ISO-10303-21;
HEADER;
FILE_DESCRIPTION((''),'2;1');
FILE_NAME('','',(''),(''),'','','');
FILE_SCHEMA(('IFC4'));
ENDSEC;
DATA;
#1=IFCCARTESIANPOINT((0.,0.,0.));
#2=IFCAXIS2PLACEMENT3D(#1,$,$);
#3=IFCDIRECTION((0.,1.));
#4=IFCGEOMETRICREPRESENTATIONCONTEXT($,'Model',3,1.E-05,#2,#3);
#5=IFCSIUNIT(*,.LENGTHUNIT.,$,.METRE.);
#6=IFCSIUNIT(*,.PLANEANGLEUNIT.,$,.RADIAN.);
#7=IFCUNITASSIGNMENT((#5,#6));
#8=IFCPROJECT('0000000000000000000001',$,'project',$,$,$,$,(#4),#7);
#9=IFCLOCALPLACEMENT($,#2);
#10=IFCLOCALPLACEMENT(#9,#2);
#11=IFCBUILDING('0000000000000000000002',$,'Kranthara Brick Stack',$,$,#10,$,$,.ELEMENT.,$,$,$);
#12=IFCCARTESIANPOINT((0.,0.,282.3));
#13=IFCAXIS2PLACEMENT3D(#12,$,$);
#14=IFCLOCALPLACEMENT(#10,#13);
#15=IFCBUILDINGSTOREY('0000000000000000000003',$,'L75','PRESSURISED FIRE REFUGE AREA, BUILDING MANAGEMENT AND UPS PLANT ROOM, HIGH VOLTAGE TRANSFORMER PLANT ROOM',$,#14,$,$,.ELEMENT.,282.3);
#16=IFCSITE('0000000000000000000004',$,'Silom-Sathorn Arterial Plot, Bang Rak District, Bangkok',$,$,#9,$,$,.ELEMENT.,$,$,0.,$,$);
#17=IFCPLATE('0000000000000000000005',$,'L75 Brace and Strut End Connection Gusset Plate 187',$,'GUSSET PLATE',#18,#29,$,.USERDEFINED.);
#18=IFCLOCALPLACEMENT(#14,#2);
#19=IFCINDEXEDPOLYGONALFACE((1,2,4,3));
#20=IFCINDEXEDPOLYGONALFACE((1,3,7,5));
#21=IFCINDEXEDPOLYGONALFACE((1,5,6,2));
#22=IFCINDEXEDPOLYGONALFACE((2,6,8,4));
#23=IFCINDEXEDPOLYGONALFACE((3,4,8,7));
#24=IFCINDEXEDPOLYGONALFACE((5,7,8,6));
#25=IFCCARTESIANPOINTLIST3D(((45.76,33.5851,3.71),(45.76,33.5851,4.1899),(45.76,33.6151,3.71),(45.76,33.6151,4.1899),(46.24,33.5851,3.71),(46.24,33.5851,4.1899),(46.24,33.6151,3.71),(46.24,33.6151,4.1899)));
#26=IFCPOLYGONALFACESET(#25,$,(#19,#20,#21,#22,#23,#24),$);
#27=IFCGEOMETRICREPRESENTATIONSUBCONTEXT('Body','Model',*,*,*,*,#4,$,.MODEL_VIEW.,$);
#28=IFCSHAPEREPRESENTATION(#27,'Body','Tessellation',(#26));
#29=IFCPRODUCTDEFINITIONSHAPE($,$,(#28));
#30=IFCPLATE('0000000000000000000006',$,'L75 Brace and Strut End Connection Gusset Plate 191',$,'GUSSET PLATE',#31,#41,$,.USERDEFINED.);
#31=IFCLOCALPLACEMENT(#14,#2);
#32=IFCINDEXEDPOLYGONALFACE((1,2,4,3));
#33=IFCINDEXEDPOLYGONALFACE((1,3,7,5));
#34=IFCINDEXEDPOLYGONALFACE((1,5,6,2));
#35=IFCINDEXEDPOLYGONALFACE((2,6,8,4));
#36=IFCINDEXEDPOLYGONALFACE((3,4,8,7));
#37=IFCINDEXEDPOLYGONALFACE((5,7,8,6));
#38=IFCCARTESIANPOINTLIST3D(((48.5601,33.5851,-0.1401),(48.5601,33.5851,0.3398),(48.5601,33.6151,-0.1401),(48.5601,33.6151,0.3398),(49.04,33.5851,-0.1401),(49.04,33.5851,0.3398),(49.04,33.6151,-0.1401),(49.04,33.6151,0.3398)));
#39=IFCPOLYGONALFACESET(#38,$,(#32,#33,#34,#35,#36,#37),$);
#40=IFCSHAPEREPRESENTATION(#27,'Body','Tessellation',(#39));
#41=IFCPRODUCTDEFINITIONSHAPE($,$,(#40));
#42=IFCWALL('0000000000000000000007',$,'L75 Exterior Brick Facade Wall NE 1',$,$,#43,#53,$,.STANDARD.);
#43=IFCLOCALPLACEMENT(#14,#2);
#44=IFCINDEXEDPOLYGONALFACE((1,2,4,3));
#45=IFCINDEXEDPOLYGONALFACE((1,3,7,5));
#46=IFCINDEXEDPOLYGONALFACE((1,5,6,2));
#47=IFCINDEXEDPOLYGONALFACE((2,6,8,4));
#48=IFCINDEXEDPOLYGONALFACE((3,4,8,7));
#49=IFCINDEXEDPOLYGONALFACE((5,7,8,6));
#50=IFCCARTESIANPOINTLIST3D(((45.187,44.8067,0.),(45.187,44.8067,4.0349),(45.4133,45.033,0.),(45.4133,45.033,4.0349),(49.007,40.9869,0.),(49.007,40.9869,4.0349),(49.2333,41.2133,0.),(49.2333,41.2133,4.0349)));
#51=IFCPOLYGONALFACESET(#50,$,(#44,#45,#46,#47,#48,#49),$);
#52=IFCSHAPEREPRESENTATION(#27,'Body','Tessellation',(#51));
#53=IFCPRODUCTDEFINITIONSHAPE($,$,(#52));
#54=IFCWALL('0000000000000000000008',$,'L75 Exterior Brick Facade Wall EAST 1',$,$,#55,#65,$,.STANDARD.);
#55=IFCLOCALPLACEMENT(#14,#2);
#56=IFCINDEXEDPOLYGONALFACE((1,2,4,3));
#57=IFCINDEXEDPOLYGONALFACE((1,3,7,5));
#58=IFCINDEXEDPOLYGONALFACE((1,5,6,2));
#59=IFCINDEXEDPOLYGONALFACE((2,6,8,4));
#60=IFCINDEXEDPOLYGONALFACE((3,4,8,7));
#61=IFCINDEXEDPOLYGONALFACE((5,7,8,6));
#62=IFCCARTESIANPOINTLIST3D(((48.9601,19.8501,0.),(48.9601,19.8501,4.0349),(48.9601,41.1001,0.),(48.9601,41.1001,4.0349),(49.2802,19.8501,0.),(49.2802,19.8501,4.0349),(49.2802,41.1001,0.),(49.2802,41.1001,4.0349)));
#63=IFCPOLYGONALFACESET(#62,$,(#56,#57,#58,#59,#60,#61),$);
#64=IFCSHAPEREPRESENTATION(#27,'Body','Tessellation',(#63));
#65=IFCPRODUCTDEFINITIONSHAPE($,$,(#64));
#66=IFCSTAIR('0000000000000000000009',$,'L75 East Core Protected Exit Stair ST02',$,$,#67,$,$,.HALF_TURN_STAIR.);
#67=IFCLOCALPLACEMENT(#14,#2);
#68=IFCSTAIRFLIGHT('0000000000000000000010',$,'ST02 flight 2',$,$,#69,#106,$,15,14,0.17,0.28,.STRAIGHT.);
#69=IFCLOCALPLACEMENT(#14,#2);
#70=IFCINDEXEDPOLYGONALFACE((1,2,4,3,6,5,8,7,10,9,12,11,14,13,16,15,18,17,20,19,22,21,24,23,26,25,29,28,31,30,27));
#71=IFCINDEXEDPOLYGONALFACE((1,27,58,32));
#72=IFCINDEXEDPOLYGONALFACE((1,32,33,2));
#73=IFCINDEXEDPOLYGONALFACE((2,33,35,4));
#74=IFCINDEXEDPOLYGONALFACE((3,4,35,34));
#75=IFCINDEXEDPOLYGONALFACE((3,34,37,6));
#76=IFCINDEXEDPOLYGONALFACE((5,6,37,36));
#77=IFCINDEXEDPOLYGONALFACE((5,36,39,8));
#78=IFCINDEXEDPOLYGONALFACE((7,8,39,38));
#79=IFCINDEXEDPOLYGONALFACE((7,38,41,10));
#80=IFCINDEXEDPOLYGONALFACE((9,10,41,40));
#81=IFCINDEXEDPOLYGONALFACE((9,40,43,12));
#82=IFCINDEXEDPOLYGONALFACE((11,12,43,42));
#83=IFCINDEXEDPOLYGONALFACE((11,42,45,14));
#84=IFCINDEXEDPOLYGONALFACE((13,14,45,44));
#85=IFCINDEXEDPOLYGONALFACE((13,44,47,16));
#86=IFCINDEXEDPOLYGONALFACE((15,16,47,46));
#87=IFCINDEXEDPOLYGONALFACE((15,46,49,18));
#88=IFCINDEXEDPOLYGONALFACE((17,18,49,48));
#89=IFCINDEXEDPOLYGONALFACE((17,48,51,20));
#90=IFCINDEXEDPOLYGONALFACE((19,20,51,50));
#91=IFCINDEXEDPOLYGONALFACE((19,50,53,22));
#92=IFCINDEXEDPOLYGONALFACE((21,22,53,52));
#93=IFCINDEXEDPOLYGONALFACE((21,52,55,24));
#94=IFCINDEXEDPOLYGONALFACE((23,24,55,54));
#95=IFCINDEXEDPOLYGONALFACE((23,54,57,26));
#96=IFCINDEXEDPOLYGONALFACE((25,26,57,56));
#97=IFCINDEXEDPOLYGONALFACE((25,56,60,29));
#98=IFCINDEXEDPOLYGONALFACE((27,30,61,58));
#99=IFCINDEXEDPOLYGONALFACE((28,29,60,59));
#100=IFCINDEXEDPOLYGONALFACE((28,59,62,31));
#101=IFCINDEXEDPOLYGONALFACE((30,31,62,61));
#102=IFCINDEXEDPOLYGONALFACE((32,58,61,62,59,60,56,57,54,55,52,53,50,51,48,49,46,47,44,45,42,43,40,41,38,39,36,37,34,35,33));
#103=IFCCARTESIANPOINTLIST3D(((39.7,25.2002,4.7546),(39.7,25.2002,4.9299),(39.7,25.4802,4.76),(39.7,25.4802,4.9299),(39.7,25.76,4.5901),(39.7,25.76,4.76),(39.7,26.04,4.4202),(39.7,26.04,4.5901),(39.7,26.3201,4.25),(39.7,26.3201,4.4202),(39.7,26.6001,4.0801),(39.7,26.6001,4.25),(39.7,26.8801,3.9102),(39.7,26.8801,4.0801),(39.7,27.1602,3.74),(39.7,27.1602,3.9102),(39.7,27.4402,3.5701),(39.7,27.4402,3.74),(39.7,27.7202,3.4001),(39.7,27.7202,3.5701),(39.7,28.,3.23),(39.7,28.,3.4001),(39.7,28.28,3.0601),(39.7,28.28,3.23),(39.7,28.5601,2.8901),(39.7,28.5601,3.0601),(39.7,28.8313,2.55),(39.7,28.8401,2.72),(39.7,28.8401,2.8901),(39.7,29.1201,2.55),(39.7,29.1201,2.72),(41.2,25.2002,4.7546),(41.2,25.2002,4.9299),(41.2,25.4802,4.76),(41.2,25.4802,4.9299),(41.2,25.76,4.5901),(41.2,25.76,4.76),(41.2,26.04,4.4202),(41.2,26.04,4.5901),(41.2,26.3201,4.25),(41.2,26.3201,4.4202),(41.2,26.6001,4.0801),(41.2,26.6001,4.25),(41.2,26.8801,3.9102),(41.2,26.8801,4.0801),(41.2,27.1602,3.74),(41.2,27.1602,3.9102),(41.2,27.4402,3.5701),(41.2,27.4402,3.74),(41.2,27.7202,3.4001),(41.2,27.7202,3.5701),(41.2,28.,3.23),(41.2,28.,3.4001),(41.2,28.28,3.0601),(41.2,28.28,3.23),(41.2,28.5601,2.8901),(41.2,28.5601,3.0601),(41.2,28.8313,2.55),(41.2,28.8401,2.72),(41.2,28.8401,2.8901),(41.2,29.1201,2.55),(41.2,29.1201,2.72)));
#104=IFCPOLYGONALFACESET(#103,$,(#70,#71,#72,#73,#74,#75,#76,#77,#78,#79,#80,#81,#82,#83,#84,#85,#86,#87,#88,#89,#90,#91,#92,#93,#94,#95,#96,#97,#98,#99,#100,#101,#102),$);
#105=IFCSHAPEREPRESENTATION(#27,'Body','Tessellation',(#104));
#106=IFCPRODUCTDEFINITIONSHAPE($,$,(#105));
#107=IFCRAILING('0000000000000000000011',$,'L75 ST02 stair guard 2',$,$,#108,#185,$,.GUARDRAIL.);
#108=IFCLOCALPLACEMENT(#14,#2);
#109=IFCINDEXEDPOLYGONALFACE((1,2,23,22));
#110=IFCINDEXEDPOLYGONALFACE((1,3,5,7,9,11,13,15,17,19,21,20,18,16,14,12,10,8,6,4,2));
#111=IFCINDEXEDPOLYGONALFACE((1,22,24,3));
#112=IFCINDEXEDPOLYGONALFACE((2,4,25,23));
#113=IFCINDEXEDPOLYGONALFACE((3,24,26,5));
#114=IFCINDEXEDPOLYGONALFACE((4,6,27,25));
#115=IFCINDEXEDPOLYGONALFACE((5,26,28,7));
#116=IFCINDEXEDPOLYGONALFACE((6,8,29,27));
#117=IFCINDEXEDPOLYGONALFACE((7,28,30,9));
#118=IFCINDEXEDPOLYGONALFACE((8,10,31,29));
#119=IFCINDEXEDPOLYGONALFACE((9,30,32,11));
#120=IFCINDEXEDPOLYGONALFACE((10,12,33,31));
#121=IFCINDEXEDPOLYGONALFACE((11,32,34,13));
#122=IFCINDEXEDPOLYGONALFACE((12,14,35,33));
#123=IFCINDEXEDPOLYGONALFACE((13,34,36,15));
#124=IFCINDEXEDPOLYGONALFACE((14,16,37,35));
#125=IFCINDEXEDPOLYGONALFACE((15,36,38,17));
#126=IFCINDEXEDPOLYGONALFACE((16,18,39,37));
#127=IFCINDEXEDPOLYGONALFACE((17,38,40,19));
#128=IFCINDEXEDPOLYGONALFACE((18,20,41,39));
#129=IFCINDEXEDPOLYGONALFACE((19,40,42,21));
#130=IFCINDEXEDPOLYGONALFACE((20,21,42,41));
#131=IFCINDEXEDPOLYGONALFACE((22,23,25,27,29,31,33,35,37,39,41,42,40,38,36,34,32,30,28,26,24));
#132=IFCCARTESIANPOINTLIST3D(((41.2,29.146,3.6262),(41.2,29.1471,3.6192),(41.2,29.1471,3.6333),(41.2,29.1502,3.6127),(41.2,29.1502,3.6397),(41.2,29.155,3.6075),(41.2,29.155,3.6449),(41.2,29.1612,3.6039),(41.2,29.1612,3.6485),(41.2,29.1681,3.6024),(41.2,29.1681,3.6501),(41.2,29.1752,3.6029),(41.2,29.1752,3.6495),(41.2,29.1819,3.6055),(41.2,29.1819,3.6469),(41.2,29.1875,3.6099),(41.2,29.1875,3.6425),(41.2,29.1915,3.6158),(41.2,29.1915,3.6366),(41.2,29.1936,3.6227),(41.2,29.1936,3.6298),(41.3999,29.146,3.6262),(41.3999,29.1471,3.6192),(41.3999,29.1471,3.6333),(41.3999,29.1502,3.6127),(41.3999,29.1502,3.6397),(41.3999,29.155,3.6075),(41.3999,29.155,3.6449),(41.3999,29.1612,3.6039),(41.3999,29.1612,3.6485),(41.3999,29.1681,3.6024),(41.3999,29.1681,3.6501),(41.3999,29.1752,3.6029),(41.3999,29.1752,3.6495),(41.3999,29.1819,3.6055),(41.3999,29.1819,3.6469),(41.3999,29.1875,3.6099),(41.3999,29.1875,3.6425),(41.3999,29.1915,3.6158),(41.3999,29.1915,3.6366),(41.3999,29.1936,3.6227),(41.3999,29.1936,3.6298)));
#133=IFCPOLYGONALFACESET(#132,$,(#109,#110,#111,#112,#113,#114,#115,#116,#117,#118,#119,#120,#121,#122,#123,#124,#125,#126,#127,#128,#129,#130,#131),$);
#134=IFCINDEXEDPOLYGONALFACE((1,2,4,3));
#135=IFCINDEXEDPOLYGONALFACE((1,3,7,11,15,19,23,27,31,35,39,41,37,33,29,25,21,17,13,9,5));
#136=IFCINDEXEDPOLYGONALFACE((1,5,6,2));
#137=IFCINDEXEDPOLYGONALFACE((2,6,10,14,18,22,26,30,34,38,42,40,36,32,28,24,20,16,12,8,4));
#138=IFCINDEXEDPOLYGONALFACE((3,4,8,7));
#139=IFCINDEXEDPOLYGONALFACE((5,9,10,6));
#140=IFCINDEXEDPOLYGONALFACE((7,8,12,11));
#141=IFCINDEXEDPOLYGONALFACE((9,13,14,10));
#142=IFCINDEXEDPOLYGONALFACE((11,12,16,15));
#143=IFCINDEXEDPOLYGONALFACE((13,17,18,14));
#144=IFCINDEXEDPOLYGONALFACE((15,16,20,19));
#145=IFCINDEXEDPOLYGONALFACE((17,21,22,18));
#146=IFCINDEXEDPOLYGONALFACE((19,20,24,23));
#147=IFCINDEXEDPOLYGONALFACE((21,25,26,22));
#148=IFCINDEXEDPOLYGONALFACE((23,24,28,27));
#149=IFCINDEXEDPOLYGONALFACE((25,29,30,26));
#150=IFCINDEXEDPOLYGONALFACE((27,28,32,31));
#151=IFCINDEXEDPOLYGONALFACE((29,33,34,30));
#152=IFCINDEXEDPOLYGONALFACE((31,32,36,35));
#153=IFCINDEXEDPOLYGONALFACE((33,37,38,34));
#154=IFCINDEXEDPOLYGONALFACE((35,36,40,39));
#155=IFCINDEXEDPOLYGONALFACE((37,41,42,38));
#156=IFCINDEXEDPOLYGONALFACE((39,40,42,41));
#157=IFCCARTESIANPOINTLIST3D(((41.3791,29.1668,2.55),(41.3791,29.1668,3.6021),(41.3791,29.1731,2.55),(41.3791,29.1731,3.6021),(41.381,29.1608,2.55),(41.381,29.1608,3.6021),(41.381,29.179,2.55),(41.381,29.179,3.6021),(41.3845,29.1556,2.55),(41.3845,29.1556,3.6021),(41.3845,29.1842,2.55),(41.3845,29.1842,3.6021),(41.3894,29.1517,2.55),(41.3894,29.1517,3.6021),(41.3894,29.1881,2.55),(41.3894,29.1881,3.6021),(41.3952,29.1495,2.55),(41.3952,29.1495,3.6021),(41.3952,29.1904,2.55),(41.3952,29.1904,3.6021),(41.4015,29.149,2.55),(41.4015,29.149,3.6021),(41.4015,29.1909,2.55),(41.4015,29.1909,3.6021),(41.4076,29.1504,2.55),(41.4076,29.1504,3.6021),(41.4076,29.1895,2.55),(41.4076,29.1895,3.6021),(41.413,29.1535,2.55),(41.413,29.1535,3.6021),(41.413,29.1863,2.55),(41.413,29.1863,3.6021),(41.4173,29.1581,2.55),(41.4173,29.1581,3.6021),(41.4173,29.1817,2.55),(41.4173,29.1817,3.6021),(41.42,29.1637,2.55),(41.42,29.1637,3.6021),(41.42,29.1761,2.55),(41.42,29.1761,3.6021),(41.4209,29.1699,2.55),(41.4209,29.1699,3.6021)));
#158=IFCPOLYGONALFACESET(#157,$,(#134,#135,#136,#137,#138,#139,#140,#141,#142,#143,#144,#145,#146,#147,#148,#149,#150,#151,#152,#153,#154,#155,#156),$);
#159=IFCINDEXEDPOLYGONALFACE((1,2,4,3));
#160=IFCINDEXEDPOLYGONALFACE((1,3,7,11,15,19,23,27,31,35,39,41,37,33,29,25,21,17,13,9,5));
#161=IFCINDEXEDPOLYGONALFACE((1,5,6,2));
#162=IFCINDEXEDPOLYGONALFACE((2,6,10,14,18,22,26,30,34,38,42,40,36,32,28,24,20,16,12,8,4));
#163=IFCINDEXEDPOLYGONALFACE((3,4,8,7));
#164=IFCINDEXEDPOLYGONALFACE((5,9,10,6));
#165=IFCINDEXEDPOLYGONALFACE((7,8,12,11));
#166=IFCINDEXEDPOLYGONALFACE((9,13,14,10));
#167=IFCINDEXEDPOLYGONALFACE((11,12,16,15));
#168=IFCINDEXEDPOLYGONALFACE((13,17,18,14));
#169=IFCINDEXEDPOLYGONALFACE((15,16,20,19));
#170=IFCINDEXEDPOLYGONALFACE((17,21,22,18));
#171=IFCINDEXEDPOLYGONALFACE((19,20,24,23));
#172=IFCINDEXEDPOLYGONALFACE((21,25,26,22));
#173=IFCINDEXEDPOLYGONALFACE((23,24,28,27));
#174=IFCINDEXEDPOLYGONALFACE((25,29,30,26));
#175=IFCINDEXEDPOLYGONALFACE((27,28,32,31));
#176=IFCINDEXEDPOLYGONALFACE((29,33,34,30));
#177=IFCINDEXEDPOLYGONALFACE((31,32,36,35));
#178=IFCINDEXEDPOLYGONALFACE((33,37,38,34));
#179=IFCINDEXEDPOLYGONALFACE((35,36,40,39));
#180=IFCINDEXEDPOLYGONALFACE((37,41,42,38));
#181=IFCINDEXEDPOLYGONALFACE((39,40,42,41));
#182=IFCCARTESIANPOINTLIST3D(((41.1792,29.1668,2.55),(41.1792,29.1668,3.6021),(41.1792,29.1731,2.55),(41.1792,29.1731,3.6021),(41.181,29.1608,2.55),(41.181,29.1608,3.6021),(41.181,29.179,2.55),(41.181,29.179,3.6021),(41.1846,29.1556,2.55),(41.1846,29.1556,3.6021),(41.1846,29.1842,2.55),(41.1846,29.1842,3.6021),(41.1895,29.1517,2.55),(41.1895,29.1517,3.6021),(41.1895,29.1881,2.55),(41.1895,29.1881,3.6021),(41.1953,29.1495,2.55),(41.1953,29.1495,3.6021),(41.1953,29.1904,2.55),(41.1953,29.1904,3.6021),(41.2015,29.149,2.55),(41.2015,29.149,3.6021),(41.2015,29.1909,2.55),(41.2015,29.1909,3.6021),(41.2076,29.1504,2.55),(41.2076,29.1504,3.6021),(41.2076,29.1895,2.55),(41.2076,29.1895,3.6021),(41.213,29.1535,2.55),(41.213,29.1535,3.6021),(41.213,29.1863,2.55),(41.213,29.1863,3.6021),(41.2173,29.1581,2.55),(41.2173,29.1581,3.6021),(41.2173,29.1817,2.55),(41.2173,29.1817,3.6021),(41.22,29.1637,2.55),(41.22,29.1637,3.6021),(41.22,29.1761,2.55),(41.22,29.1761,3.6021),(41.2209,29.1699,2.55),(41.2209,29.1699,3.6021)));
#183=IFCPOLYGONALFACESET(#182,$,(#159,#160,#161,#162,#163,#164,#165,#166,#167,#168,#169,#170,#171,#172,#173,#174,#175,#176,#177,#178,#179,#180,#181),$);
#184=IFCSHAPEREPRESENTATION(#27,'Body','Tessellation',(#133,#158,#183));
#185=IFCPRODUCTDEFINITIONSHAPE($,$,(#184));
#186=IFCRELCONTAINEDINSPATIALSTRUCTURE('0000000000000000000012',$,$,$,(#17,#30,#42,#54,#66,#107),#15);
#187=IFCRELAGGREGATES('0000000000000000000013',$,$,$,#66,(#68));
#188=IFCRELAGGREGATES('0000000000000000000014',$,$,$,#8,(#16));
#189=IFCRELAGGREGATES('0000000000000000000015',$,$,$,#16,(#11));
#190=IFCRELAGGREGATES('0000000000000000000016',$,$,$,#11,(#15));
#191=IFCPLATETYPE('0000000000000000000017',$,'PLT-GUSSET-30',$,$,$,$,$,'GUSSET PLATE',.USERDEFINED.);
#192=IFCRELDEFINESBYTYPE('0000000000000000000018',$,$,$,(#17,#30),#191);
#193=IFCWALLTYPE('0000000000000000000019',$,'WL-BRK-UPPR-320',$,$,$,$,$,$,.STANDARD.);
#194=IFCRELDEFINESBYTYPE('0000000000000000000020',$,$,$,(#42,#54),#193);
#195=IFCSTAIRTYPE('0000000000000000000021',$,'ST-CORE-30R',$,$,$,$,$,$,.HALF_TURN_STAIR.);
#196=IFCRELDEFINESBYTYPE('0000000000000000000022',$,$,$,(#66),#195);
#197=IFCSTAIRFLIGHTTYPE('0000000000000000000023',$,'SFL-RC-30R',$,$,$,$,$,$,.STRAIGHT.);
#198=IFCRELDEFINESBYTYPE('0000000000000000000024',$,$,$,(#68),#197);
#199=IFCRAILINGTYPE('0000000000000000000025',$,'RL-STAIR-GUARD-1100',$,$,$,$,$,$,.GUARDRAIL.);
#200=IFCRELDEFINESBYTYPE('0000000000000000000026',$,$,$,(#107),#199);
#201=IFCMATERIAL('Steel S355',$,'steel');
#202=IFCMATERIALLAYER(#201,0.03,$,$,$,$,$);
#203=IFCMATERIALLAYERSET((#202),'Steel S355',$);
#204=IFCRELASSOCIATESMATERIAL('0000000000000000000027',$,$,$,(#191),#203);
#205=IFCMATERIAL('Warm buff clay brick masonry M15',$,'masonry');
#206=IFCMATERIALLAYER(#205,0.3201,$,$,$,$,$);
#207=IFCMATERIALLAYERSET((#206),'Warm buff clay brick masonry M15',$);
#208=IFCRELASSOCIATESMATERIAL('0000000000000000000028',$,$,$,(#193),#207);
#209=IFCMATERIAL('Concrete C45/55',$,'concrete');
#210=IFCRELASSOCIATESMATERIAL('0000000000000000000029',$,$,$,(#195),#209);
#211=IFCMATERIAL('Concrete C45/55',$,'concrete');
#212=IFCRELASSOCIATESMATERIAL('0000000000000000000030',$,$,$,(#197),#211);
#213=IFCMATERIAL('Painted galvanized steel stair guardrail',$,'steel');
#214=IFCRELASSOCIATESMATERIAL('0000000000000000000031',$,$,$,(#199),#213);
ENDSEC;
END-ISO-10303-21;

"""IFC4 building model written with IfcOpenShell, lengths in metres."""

from ifc_helpers import new_model, si_unit, direction, frame, frame_2d, origin, origin_2d, place, context, subcontext, project, spatial, polyline, rectangle, circle, outline, extrude, material, layer, layer_set, type_object, element, aggregate, save


model = new_model("IFC4")

# Units and contexts
model_context = context("Model", 3, precision=1e-05, world=origin(), true_north=direction((0.0, 1.0)))
body_context = subcontext(model_context, "Body", "Model", "MODEL_VIEW")
ifc_project = project(units=[si_unit("LENGTHUNIT", "METRE"), si_unit("PLANEANGLEUNIT", "RADIAN")], contexts=[model_context])

# Site, building, storey
site_placement = place(None, origin())
site = spatial("IfcSite", under=ifc_project, at=site_placement, Name="Silom-Sathorn Arterial Plot, Bang Rak District, Bangkok", CompositionType="ELEMENT", RefElevation=0.0)
building_placement = place(site_placement, origin())
building = spatial("IfcBuilding", under=site, at=building_placement, Name="Kranthara Brick Stack", CompositionType="ELEMENT")
storey_placement = place(building_placement, frame((0.0, 0.0, 282.3)))
storey = spatial("IfcBuildingStorey", under=building, at=storey_placement, Name="L75", Description="PRESSURISED FIRE REFUGE AREA, BUILDING MANAGEMENT AND UPS PLANT ROOM, HIGH VOLTAGE TRANSFORMER PLANT ROOM", CompositionType="ELEMENT", Elevation=282.3)

# Plates
ifc_material_1 = material(Name="Steel S355", Category="steel")
ifc_layer_1 = layer(ifc_material_1, 0.03)
ifc_layer_set_1 = layer_set([ifc_layer_1], Name="Steel S355")
plate_type = type_object("IfcPlateType", Name="PLT-GUSSET-30", ElementType="GUSSET PLATE", PredefinedType="USERDEFINED", material=ifc_layer_set_1)
for number, where, z_axis, x_axis, name in (
    (1, (46.0, 33.6001, 3.71), (0.0, 0.0, 1.0), (1.0, 0.0, 0.0), "L75 Brace and Strut End Connection Gusset Plate 187"),
    (2, (48.8, 33.6001, -0.1401), (0.0, 0.0, 1.0), (1.0, 0.0, 0.0), "L75 Brace and Strut End Connection Gusset Plate 191"),
):
    element("IfcPlate", number, at=place(storey_placement, frame(where, z_axis=z_axis, x_axis=x_axis)), inside=storey, type_object=plate_type, Name=name, ObjectType="GUSSET PLATE", PredefinedType="USERDEFINED", context=body_context, shape_type="SweptSolid", body=[
        extrude(rectangle(XDim=0.48, YDim=0.03, at=origin_2d()), origin(), (0.0, 0.0, 1.0), 0.48),
    ])

# Walls
ifc_material_2 = material(Name="Warm buff clay brick masonry M15", Category="masonry")
ifc_layer_2 = layer(ifc_material_2, 0.3201)
ifc_layer_set_2 = layer_set([ifc_layer_2], Name="Warm buff clay brick masonry M15")
wall_type = type_object("IfcWallType", Name="WL-BRK-UPPR-320", PredefinedType="STANDARD", material=ifc_layer_set_2)
wall_1_placement = place(storey_placement, frame((45.3, 44.9199, 0.0), z_axis=(0.0, 0.0, 1.0), x_axis=(0.707129, -0.707084, 0.0)))
element("IfcWall", 3, at=wall_1_placement, inside=storey, type_object=wall_type, Name="L75 Exterior Brick Facade Wall NE 1", PredefinedType="STANDARD", context=body_context, shape_type="SweptSolid", body=[
    extrude(rectangle(XDim=5.4021, YDim=0.3201, at=frame_2d((2.7012, 0.0))), origin(), (0.0, 0.0, 1.0), 4.0349),
])
wall_2_placement = place(storey_placement, frame((49.1201, 41.1001, 0.0), z_axis=(0.0, 0.0, 1.0), x_axis=(0.0, -1.0, 0.0)))
element("IfcWall", 4, at=wall_2_placement, inside=storey, type_object=wall_type, Name="L75 Exterior Brick Facade Wall EAST 1", PredefinedType="STANDARD", context=body_context, shape_type="SweptSolid", body=[
    extrude(rectangle(XDim=21.25, YDim=0.3201, at=frame_2d((10.625, 0.0))), origin(), (0.0, 0.0, 1.0), 4.0349),
])

# Stair, stair flight
ifc_material_3 = material(Name="Concrete C45/55", Category="concrete")
stair_type = type_object("IfcStairType", Name="ST-CORE-30R", PredefinedType="HALF_TURN_STAIR", material=ifc_material_3)
stair_placement = place(storey_placement, origin())
stair = element("IfcStair", 5, at=stair_placement, inside=storey, type_object=stair_type, Name="L75 East Core Protected Exit Stair ST02", PredefinedType="HALF_TURN_STAIR")
ifc_material_4 = material(Name="Concrete C45/55", Category="concrete")
stair_flight_type = type_object("IfcStairFlightType", Name="SFL-RC-30R", PredefinedType="STRAIGHT", material=ifc_material_4)
stair_flight_placement = place(storey_placement, frame((40.45, 29.1201, 2.55), z_axis=(0.0, 0.0, 1.0), x_axis=(0.0, -1.0, 0.0)))
stair_flight = element("IfcStairFlight", 6, at=stair_flight_placement, type_object=stair_flight_type, Name="ST02 flight 2", NumberOfRisers=15, NumberOfTreads=14, PredefinedType="STRAIGHT", RiserHeight=0.17, TreadLength=0.28, context=body_context, shape_type="SweptSolid", body=[
    extrude(outline(polyline([(0.0, 0.0), (0.0, 0.1699), (0.28, 0.1699), (0.28, 0.3401), (0.5601, 0.3401), (0.5601, 0.51), (0.8401, 0.51), (0.8401, 0.6799), (1.1201, 0.6799), (1.1201, 0.8501), (1.3999, 0.8501), (1.3999, 1.02), (1.6799, 1.02), (1.6799, 1.1899), (1.96, 1.1899), (1.96, 1.3601), (2.24, 1.3601), (2.24, 1.53), (2.52, 1.53), (2.52, 1.7), (2.8, 1.7), (2.8, 1.8701), (3.0801, 1.8701), (3.0801, 2.04), (3.3601, 2.04), (3.3601, 2.21), (3.6399, 2.21), (3.6399, 2.3799), (3.9199, 2.3799), (3.9199, 2.55), (3.9199, 2.2046), (0.2888, 0.0), (0.0, 0.0)])), frame((0.0, 0.75, 0.0), z_axis=(0.0, -1.0, 0.0), x_axis=(1.0, 0.0, 0.0)), (0.0, 0.0, 1.0), 1.5),
])
aggregate(stair, [stair_flight])

# Railing
ifc_material_5 = material(Name="Painted galvanized steel stair guardrail", Category="steel")
railing_type_1 = type_object("IfcRailingType", Name="RL-STAIR-GUARD-1100", PredefinedType="GUARDRAIL", material=ifc_material_5)
railing_1_placement = place(storey_placement, frame((41.3999, 29.1699, 2.55)))
element("IfcRailing", 7, at=railing_1_placement, inside=storey, type_object=railing_type_1, Name="L75 ST02 stair guard 2", PredefinedType="GUARDRAIL", context=body_context, shape_type="SweptSolid", body=[
    extrude(circle(Radius=0.0239, at=origin_2d()), frame((0.0, 0.0, 1.0762), z_axis=(-1.0, 0.0, 0.0), x_axis=(0.0, -1.0, 0.0)), (0.0, 0.0, 1.0), 0.2),
    extrude(circle(Radius=0.021, at=origin_2d()), origin(), (0.0, 0.0, 1.0), 1.052),
    extrude(circle(Radius=0.021, at=origin_2d()), frame((-0.2, 0.0, 0.0)), (0.0, 0.0, 1.0), 1.052),
])

save(model, "model.ifc")
